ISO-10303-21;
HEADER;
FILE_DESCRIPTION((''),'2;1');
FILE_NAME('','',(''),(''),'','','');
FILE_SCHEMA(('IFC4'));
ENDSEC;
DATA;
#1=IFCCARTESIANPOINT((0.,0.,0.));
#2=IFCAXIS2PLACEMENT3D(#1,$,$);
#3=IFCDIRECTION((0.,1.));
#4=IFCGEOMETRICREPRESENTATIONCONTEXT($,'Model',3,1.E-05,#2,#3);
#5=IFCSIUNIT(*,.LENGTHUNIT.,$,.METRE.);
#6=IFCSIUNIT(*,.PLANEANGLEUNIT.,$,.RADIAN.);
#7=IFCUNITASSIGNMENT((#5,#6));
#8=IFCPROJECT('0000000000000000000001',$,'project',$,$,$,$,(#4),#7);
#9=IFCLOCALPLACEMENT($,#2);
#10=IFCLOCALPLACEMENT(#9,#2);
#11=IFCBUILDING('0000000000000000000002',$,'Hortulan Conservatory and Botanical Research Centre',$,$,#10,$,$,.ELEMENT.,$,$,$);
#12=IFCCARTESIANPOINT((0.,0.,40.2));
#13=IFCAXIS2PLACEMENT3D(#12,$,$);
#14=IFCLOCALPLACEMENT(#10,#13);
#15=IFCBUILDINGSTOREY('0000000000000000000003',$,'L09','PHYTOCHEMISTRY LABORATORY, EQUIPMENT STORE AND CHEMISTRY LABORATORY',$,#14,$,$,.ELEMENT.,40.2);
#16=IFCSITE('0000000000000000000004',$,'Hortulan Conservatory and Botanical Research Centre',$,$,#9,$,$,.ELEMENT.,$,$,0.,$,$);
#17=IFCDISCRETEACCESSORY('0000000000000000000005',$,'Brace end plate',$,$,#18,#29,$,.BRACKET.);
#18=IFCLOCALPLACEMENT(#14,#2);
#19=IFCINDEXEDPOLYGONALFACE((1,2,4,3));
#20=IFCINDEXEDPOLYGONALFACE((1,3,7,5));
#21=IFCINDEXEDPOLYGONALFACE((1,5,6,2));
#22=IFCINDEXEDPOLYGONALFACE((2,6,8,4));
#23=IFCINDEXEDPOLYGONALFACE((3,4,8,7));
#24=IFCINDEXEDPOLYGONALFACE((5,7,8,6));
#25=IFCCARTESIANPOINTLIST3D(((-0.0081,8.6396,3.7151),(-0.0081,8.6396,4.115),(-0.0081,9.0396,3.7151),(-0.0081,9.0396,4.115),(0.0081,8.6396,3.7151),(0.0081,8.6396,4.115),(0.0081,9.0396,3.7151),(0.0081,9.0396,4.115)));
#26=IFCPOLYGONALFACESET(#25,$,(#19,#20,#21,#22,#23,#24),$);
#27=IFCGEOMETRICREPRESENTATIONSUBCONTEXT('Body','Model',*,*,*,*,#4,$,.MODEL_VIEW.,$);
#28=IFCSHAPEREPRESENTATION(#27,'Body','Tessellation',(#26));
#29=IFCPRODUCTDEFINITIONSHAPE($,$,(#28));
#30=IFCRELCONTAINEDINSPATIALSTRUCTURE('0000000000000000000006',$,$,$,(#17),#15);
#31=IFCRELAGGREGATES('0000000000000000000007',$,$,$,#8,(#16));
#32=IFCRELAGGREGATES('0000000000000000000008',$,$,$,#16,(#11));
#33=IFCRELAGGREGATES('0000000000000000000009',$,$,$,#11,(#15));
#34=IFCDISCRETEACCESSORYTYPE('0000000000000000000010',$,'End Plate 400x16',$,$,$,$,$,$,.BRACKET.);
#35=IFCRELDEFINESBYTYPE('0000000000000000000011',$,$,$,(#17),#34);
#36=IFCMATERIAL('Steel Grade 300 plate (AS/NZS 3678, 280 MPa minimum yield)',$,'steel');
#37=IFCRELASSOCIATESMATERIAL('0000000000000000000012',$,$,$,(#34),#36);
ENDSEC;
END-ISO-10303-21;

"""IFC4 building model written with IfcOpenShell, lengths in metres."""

from ifc_helpers import new_model, si_unit, direction, frame, origin, origin_2d, place, context, subcontext, project, spatial, rectangle, extrude, material, type_object, element, save


model = new_model("IFC4")

# Units and contexts
model_context = context("Model", 3, precision=1e-05, world=origin(), true_north=direction((0.0, 1.0)))
body_context = subcontext(model_context, "Body", "Model", "MODEL_VIEW")
ifc_project = project(units=[si_unit("LENGTHUNIT", "METRE"), si_unit("PLANEANGLEUNIT", "RADIAN")], contexts=[model_context])

# Site, building, storey
site_placement = place(None, origin())
site = spatial("IfcSite", under=ifc_project, at=site_placement, Name="Hortulan Conservatory and Botanical Research Centre", CompositionType="ELEMENT", RefElevation=0.0)
building_placement = place(site_placement, origin())
building = spatial("IfcBuilding", under=site, at=building_placement, Name="Hortulan Conservatory and Botanical Research Centre", CompositionType="ELEMENT")
storey_placement = place(building_placement, frame((0.0, 0.0, 40.2)))
storey = spatial("IfcBuildingStorey", under=building, at=storey_placement, Name="L09", Description="PHYTOCHEMISTRY LABORATORY, EQUIPMENT STORE AND CHEMISTRY LABORATORY", CompositionType="ELEMENT", Elevation=40.2)

# Discrete accessory
ifc_material_1 = material(Name="Steel Grade 300 plate (AS/NZS 3678, 280 MPa minimum yield)", Category="steel")
discrete_accessory_type = type_object("IfcDiscreteAccessoryType", Name="End Plate 400x16", PredefinedType="BRACKET", material=ifc_material_1)
for number, where, z_axis, x_axis, name in (
    (1, (0.0, 8.8396, 3.7151), (0.0, 0.0, 1.0), (0.0, -1.0, 0.0), "Brace end plate"),
):
    element("IfcDiscreteAccessory", number, at=place(storey_placement, frame(where, z_axis=z_axis, x_axis=x_axis)), inside=storey, type_object=discrete_accessory_type, Name=name, PredefinedType="BRACKET", context=body_context, shape_type="SweptSolid", body=[
        extrude(rectangle(XDim=0.3999, YDim=0.0161, at=origin_2d()), origin(), (0.0, 0.0, 1.0), 0.3999),
    ])

save(model, "model.ifc")
